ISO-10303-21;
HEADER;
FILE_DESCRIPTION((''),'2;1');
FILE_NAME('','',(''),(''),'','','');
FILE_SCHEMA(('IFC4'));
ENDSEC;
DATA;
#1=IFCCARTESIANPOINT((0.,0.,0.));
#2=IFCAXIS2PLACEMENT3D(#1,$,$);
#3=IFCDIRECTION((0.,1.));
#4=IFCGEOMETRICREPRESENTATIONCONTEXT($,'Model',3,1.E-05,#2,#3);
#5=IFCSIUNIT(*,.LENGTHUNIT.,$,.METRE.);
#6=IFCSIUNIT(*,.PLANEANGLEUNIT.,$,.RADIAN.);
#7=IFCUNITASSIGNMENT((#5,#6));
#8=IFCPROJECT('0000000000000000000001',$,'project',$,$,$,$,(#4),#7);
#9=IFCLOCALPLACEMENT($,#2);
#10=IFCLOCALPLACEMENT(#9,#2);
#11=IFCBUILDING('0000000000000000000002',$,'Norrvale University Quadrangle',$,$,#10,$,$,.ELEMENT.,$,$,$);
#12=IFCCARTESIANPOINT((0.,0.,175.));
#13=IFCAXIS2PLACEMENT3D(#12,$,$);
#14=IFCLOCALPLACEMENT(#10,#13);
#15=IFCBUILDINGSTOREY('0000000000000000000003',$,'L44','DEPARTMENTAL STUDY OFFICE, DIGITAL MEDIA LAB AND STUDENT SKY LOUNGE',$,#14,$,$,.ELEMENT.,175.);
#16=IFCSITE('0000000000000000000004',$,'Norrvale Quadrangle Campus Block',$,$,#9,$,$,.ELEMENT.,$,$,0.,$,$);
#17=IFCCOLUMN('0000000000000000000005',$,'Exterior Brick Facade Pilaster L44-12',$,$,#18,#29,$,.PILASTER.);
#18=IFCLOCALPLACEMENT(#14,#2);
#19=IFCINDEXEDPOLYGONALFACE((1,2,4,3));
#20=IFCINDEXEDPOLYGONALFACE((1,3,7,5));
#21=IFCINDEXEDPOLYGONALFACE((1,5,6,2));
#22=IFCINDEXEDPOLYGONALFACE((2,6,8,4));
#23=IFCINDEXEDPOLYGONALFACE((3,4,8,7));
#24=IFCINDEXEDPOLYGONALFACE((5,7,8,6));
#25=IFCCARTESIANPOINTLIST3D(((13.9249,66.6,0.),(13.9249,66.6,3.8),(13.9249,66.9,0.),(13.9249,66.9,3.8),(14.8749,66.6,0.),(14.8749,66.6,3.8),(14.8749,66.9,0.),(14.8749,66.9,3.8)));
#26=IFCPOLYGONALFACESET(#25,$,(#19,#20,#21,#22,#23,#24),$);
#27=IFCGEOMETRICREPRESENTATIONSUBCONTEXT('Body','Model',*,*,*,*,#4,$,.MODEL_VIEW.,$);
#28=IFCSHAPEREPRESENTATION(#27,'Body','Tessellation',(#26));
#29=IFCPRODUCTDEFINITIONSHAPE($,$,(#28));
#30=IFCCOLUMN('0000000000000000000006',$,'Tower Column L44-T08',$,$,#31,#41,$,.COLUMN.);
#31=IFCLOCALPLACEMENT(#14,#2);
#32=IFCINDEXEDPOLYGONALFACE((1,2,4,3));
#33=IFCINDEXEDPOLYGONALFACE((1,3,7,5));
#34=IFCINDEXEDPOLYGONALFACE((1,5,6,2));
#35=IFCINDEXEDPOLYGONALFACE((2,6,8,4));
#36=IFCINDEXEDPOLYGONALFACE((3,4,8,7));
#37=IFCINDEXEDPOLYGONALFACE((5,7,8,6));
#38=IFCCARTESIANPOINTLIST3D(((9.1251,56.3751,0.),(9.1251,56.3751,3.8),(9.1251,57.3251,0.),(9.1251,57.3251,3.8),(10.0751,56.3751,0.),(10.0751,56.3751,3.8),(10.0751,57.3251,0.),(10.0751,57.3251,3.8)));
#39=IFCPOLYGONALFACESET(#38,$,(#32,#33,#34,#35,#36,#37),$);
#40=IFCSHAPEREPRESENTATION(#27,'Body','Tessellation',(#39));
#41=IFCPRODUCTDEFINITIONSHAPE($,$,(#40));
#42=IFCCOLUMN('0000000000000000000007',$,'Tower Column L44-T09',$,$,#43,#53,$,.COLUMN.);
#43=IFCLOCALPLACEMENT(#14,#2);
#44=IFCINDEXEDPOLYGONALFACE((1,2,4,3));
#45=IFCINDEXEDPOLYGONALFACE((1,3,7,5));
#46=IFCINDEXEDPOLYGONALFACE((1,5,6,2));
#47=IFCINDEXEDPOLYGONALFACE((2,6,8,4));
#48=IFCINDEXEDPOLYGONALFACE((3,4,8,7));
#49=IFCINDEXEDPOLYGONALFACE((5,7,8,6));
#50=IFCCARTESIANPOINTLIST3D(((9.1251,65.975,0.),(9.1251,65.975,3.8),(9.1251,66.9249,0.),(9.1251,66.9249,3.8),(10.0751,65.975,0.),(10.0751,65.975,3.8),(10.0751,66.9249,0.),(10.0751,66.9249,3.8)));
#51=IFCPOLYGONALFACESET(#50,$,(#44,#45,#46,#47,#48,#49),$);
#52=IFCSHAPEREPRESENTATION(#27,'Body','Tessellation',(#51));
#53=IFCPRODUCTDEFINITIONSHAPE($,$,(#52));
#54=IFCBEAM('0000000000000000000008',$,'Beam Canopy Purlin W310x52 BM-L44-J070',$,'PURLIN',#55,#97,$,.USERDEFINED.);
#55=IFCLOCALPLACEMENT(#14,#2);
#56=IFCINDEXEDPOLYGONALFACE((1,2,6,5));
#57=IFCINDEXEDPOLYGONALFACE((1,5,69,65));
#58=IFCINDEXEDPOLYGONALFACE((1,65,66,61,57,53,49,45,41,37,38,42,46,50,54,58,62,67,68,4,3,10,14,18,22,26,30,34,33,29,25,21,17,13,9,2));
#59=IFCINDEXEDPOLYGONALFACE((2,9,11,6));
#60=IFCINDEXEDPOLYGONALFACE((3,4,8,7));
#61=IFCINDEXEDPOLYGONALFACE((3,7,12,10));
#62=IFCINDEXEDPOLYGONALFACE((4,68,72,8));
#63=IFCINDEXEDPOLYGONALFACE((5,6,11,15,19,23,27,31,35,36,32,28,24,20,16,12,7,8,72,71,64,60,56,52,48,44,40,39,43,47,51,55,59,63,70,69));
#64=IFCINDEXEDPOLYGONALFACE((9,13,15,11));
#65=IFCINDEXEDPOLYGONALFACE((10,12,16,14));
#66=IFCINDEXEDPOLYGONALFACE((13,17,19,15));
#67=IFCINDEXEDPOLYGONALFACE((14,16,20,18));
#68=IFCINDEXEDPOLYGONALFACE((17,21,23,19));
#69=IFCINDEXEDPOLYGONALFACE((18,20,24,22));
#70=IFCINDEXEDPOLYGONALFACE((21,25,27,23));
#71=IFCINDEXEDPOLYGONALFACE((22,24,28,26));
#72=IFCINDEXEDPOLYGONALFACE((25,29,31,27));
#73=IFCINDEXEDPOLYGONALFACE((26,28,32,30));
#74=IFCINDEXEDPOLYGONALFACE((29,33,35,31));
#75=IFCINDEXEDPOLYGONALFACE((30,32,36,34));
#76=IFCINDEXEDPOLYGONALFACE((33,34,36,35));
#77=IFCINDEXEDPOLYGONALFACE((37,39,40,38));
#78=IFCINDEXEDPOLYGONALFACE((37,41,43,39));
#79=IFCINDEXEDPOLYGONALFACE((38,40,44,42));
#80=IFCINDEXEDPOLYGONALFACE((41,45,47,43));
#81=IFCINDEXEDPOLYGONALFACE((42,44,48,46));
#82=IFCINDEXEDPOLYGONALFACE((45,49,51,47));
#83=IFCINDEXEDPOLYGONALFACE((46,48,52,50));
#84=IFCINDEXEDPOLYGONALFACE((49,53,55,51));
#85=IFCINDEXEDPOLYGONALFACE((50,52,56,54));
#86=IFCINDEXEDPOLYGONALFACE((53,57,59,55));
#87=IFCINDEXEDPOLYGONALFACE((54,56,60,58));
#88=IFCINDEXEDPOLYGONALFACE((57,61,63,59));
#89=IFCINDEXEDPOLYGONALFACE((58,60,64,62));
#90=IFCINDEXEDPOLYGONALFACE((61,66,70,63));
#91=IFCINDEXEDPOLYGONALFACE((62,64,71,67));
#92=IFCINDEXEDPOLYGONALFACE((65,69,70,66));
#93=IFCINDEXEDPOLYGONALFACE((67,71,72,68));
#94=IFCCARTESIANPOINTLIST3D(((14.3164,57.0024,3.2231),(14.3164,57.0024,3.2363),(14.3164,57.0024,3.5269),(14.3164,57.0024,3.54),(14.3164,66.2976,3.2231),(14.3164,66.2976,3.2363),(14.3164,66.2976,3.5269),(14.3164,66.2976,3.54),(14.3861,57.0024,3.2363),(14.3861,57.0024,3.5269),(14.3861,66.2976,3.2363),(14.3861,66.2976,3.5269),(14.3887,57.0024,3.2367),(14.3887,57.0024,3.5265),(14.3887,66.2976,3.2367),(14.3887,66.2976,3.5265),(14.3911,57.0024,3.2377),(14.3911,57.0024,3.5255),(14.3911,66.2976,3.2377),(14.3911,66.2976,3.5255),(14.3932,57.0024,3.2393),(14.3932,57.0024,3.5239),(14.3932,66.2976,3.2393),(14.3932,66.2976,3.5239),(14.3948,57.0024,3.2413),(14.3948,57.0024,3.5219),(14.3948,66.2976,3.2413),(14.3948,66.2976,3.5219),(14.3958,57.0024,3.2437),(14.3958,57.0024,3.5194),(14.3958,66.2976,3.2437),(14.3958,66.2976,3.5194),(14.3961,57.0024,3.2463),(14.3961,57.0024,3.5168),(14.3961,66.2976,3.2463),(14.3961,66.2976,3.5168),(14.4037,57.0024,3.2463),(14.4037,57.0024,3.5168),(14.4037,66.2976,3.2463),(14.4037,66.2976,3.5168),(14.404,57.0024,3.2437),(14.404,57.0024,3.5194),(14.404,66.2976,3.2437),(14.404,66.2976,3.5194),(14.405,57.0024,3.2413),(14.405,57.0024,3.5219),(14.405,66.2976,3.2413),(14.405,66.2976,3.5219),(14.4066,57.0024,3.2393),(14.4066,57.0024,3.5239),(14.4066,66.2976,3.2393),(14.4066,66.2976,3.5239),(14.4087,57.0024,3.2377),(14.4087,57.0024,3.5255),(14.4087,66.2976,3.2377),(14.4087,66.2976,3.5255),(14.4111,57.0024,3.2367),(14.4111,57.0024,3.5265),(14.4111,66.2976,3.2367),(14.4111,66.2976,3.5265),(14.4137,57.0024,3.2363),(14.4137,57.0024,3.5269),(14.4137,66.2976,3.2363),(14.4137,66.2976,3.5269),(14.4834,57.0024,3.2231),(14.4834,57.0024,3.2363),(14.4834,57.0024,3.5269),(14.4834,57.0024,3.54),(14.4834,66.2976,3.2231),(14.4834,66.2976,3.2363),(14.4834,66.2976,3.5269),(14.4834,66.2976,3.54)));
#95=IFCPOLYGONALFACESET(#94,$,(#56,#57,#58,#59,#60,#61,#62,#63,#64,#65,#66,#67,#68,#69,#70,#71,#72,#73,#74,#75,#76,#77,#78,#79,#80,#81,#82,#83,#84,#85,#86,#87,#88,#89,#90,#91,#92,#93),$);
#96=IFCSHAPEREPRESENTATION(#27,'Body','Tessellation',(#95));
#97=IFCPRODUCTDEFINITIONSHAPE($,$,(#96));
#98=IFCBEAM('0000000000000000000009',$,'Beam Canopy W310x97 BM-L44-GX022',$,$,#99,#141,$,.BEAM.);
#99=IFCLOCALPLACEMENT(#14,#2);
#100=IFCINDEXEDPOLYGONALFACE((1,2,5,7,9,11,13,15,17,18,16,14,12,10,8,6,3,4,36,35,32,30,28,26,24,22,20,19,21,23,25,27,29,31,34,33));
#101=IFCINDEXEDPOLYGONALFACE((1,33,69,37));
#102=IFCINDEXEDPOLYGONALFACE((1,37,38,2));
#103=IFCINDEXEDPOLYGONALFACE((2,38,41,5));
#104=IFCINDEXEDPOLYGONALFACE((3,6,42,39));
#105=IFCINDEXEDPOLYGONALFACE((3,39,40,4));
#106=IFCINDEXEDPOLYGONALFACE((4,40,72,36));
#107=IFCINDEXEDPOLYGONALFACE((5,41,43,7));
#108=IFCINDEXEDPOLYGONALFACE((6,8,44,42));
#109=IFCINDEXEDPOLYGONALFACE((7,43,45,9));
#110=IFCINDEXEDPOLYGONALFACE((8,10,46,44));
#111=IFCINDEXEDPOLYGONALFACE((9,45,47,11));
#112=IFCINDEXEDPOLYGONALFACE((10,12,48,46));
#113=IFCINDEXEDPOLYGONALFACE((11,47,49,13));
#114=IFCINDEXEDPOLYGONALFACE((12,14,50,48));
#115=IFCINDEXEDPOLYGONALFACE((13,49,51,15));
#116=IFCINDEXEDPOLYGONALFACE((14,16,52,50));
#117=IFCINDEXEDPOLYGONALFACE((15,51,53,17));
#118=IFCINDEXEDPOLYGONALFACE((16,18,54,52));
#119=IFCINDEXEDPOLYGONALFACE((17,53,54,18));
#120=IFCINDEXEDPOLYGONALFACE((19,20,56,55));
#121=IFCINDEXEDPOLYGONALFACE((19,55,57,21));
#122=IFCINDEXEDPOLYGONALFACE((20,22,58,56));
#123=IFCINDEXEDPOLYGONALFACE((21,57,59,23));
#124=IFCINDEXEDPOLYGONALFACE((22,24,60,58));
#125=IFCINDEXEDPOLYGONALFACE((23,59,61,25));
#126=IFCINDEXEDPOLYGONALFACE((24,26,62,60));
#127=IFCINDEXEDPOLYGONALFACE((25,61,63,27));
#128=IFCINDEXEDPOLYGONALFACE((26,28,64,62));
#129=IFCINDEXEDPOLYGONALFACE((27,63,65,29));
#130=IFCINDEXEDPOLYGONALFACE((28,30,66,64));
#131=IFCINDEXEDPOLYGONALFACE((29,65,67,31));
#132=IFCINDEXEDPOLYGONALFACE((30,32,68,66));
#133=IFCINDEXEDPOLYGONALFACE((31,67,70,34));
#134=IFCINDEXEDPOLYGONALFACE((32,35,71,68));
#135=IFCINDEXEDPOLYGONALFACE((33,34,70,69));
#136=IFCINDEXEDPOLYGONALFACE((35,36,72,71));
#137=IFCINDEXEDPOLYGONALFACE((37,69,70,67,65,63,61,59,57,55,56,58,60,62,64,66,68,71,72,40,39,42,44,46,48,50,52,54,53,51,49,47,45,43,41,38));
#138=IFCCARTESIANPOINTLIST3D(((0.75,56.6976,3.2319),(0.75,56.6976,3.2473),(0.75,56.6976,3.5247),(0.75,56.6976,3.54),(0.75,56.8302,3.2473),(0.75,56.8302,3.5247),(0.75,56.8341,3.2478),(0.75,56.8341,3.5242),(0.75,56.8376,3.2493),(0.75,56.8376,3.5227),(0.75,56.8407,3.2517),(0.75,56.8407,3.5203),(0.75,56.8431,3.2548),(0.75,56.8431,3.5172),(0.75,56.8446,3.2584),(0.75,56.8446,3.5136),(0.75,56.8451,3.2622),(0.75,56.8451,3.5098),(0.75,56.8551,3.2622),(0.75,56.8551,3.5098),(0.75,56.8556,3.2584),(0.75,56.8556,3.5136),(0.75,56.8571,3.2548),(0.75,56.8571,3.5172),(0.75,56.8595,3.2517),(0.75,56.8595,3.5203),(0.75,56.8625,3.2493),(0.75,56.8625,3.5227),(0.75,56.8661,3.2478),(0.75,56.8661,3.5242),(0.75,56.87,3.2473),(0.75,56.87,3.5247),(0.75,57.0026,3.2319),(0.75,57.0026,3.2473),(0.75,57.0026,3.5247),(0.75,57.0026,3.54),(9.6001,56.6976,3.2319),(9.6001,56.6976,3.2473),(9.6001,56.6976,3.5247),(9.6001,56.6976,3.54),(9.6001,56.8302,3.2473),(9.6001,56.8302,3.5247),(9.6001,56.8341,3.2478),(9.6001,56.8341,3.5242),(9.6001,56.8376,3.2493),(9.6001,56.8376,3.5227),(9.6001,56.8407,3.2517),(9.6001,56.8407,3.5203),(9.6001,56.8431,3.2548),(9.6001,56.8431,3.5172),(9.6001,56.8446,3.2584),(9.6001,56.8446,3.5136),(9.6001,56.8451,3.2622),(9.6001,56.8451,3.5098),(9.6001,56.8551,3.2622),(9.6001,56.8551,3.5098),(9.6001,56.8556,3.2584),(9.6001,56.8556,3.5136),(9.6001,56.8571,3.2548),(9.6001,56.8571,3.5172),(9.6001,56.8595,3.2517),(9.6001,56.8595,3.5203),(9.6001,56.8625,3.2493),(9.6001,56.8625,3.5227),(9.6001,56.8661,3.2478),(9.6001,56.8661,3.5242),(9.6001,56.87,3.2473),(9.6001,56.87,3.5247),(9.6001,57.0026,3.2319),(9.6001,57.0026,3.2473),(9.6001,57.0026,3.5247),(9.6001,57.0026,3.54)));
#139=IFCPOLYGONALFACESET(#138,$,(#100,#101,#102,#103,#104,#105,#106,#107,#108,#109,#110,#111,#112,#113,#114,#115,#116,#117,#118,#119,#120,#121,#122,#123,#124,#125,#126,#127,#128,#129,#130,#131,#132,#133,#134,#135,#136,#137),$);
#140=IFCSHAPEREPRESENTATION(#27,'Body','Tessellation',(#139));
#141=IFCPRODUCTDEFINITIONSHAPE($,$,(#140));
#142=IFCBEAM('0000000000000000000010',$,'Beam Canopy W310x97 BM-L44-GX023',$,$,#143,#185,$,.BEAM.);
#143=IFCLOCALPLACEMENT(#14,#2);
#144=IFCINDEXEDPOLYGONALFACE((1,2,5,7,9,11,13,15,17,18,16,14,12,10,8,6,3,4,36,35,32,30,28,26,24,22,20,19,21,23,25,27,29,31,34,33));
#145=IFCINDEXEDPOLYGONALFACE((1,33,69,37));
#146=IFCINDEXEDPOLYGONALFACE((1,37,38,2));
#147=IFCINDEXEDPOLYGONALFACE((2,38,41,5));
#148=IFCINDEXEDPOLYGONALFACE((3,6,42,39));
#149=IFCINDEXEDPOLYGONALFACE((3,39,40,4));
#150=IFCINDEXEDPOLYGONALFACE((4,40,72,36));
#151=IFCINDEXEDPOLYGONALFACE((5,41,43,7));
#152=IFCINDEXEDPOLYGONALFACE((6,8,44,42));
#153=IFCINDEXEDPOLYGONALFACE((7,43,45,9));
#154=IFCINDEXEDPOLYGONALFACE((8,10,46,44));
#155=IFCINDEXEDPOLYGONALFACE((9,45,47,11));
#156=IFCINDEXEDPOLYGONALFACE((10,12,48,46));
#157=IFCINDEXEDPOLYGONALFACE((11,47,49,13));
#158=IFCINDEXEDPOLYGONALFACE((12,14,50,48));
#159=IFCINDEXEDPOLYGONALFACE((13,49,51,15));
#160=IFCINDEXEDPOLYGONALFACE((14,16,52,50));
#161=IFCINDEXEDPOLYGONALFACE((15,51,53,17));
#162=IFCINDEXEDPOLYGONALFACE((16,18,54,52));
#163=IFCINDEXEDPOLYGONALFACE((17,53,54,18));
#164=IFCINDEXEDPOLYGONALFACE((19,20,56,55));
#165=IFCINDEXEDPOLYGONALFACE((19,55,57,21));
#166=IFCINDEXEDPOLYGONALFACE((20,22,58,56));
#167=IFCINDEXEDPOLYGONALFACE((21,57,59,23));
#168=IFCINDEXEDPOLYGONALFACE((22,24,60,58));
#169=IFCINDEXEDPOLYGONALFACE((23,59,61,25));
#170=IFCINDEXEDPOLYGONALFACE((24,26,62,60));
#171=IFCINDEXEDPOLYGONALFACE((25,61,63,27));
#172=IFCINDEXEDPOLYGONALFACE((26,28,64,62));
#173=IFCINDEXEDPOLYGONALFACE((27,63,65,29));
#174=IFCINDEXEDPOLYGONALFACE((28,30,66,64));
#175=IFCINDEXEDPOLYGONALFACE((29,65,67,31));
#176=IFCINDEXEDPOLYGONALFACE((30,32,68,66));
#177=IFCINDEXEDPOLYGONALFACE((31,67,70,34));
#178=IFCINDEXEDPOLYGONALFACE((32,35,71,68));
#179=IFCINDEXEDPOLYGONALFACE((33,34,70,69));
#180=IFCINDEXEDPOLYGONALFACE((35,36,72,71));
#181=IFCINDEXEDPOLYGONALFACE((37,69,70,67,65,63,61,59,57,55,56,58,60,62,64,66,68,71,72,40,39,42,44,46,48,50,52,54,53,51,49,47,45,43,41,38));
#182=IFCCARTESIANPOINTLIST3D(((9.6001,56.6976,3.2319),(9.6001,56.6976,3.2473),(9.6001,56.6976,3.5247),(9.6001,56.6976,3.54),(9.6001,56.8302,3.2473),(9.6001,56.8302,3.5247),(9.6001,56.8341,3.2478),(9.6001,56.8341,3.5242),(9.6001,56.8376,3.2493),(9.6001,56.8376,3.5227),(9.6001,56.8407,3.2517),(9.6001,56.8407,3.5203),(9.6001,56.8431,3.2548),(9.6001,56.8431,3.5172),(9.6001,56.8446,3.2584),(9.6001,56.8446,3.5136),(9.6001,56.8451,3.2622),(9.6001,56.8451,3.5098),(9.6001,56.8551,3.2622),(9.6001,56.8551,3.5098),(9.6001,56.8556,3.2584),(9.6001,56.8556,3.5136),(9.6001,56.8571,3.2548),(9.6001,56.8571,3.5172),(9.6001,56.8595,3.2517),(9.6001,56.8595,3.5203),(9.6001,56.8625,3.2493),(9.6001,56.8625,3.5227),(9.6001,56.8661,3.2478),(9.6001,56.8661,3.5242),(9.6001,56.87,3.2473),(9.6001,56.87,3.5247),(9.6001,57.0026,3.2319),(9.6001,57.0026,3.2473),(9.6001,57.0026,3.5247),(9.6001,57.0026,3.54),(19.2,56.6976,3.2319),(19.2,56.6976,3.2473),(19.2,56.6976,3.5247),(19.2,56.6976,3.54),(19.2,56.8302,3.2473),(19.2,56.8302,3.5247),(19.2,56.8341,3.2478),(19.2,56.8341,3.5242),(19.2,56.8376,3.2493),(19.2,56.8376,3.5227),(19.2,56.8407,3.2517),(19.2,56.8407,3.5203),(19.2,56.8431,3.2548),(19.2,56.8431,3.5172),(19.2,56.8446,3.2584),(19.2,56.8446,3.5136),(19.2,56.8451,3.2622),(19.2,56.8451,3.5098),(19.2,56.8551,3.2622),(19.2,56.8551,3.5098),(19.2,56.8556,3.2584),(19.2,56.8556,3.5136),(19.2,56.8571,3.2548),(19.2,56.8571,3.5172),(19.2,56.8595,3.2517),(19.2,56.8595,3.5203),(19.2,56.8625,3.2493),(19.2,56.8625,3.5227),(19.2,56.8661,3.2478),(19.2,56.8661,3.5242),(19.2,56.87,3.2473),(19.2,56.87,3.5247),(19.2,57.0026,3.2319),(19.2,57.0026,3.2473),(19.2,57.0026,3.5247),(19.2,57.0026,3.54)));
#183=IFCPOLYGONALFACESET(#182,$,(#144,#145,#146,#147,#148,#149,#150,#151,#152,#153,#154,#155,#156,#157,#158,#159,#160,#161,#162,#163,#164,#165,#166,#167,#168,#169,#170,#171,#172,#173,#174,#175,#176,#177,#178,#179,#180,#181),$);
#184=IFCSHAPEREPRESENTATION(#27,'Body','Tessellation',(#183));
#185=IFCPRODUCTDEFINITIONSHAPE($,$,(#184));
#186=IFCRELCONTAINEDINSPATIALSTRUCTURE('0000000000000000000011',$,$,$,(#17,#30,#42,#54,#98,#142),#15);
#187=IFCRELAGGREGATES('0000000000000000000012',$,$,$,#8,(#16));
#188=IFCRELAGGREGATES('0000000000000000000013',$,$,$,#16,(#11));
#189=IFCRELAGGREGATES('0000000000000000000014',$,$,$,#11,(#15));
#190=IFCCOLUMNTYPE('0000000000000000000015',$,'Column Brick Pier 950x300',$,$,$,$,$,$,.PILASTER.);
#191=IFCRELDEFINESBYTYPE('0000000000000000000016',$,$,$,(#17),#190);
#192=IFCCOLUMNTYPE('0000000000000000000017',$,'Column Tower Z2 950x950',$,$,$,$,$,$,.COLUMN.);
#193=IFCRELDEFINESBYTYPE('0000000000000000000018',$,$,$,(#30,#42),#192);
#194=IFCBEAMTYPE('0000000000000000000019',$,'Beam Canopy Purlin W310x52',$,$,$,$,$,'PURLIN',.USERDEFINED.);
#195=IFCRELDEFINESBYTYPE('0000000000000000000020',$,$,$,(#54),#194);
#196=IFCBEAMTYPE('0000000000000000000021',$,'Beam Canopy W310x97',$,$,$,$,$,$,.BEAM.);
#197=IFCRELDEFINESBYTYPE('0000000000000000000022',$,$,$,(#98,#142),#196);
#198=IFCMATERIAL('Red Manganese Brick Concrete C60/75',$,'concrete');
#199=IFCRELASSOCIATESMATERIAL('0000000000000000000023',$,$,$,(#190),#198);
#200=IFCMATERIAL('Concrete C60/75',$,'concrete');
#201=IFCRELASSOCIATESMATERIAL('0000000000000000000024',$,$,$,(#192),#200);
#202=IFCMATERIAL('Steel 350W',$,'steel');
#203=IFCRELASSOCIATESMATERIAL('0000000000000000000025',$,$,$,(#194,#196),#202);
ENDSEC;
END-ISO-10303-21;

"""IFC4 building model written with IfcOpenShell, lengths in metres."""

from ifc_helpers import new_model, si_unit, direction, frame, origin, origin_2d, place, context, subcontext, project, spatial, rectangle, i_section, extrude, material, material_profile, profile_set, type_object, element, save


model = new_model("IFC4")

# Units and contexts
model_context = context("Model", 3, precision=1e-05, world=origin(), true_north=direction((0.0, 1.0)))
body_context = subcontext(model_context, "Body", "Model", "MODEL_VIEW")
ifc_project = project(units=[si_unit("LENGTHUNIT", "METRE"), si_unit("PLANEANGLEUNIT", "RADIAN")], contexts=[model_context])

# Site, building, storey
site_placement = place(None, origin())
site = spatial("IfcSite", under=ifc_project, at=site_placement, Name="Norrvale Quadrangle Campus Block", CompositionType="ELEMENT", RefElevation=0.0)
building_placement = place(site_placement, origin())
building = spatial("IfcBuilding", under=site, at=building_placement, Name="Norrvale University Quadrangle", CompositionType="ELEMENT")
storey_placement = place(building_placement, frame((0.0, 0.0, 175.0)))
storey = spatial("IfcBuildingStorey", under=building, at=storey_placement, Name="L44", Description="DEPARTMENTAL STUDY OFFICE, DIGITAL MEDIA LAB AND STUDENT SKY LOUNGE", CompositionType="ELEMENT", Elevation=175.0)

# Columns
ifc_material_1 = material(Name="Red Manganese Brick Concrete C60/75", Category="concrete")
ifc_material_profile_1 = material_profile(ifc_material_1, rectangle(XDim=0.95, YDim=0.3, at=origin_2d()), Name="Red Manganese Brick Concrete C60/75")
ifc_profile_set_1 = profile_set([ifc_material_profile_1], Name="Red Manganese Brick Concrete C60/75")
column_type_1 = type_object("IfcColumnType", Name="Column Brick Pier 950x300", PredefinedType="PILASTER", material=ifc_profile_set_1)
column_placement = place(storey_placement, frame((14.3999, 66.75, 0.0), z_axis=(0.0, 0.0, 1.0), x_axis=(1.0, 0.0, 0.0)))
element("IfcColumn", 1, at=column_placement, inside=storey, type_object=column_type_1, Name="Exterior Brick Facade Pilaster L44-12", PredefinedType="PILASTER", context=body_context, shape_type="SweptSolid", body=[
    extrude(rectangle(XDim=0.95, YDim=0.3, at=origin_2d()), origin(), (0.0, 0.0, 1.0), 3.8),
])
ifc_material_2 = material(Name="Concrete C60/75", Category="concrete")
ifc_material_profile_2 = material_profile(ifc_material_2, rectangle(XDim=0.95, YDim=0.95, at=origin_2d()), Name="Concrete C60/75")
ifc_profile_set_2 = profile_set([ifc_material_profile_2], Name="Concrete C60/75")
column_type_2 = type_object("IfcColumnType", Name="Column Tower Z2 950x950", PredefinedType="COLUMN", material=ifc_profile_set_2)
for number, where, z_axis, x_axis, name in (
    (2, (9.6001, 56.8501, 0.0), (0.0, 0.0, 1.0), (1.0, 0.0, 0.0), "Tower Column L44-T08"),
    (3, (9.6001, 66.45, 0.0), (0.0, 0.0, 1.0), (1.0, 0.0, 0.0), "Tower Column L44-T09"),
):
    element("IfcColumn", number, at=place(storey_placement, frame(where, z_axis=z_axis, x_axis=x_axis)), inside=storey, type_object=column_type_2, Name=name, PredefinedType="COLUMN", context=body_context, shape_type="SweptSolid", body=[
        extrude(rectangle(XDim=0.95, YDim=0.95, at=origin_2d()), origin(), (0.0, 0.0, 1.0), 3.8),
    ])

# Beams
ifc_material_3 = material(Name="Steel 350W", Category="steel")
ifc_material_profile_3 = material_profile(ifc_material_3, i_section(OverallWidth=0.167, OverallDepth=0.3169, WebThickness=0.0076, FlangeThickness=0.0132, FilletRadius=0.01, at=origin_2d()), Name="Steel 350W")
ifc_profile_set_3 = profile_set([ifc_material_profile_3], Name="Steel 350W")
beam_type_1 = type_object("IfcBeamType", Name="Beam Canopy Purlin W310x52", ElementType="PURLIN", PredefinedType="USERDEFINED", material=ifc_profile_set_3)
beam_1_placement = place(storey_placement, frame((14.3999, 57.0024, 3.3816), z_axis=(0.0, 1.0, 0.0), x_axis=(-1.0, 0.0, 0.0)))
element("IfcBeam", 4, at=beam_1_placement, inside=storey, type_object=beam_type_1, Name="Beam Canopy Purlin W310x52 BM-L44-J070", ObjectType="PURLIN", PredefinedType="USERDEFINED", context=body_context, shape_type="SweptSolid", body=[
    extrude(i_section(OverallWidth=0.167, OverallDepth=0.3169, WebThickness=0.0076, FlangeThickness=0.0132, FilletRadius=0.01, at=origin_2d()), origin(), (0.0, 0.0, 1.0), 9.2952),
])
ifc_material_profile_4 = material_profile(ifc_material_3, i_section(OverallWidth=0.3049, OverallDepth=0.3081, WebThickness=0.01, FlangeThickness=0.0154, FilletRadius=0.0149, at=origin_2d()), Name="Steel 350W")
ifc_profile_set_4 = profile_set([ifc_material_profile_4], Name="Steel 350W")
beam_type_2 = type_object("IfcBeamType", Name="Beam Canopy W310x97", PredefinedType="BEAM", material=ifc_profile_set_4)
beam_2_placement = place(storey_placement, frame((0.75, 56.8501, 3.386), z_axis=(1.0, 0.0, 0.0), x_axis=(0.0, 1.0, 0.0)))
element("IfcBeam", 5, at=beam_2_placement, inside=storey, type_object=beam_type_2, Name="Beam Canopy W310x97 BM-L44-GX022", PredefinedType="BEAM", context=body_context, shape_type="SweptSolid", body=[
    extrude(i_section(OverallWidth=0.3049, OverallDepth=0.3081, WebThickness=0.01, FlangeThickness=0.0154, FilletRadius=0.0149, at=origin_2d()), origin(), (0.0, 0.0, 1.0), 8.8501),
])
for number, where, z_axis, x_axis, name in (
    (6, (9.6001, 56.8501, 3.386), (1.0, 0.0, 0.0), (0.0, 1.0, 0.0), "Beam Canopy W310x97 BM-L44-GX023"),
):
    element("IfcBeam", number, at=place(storey_placement, frame(where, z_axis=z_axis, x_axis=x_axis)), inside=storey, type_object=beam_type_2, Name=name, PredefinedType="BEAM", context=body_context, shape_type="SweptSolid", body=[
        extrude(i_section(OverallWidth=0.3049, OverallDepth=0.3081, WebThickness=0.01, FlangeThickness=0.0154, FilletRadius=0.0149, at=origin_2d()), origin(), (0.0, 0.0, 1.0), 9.5999),
    ])

save(model, "model.ifc")
